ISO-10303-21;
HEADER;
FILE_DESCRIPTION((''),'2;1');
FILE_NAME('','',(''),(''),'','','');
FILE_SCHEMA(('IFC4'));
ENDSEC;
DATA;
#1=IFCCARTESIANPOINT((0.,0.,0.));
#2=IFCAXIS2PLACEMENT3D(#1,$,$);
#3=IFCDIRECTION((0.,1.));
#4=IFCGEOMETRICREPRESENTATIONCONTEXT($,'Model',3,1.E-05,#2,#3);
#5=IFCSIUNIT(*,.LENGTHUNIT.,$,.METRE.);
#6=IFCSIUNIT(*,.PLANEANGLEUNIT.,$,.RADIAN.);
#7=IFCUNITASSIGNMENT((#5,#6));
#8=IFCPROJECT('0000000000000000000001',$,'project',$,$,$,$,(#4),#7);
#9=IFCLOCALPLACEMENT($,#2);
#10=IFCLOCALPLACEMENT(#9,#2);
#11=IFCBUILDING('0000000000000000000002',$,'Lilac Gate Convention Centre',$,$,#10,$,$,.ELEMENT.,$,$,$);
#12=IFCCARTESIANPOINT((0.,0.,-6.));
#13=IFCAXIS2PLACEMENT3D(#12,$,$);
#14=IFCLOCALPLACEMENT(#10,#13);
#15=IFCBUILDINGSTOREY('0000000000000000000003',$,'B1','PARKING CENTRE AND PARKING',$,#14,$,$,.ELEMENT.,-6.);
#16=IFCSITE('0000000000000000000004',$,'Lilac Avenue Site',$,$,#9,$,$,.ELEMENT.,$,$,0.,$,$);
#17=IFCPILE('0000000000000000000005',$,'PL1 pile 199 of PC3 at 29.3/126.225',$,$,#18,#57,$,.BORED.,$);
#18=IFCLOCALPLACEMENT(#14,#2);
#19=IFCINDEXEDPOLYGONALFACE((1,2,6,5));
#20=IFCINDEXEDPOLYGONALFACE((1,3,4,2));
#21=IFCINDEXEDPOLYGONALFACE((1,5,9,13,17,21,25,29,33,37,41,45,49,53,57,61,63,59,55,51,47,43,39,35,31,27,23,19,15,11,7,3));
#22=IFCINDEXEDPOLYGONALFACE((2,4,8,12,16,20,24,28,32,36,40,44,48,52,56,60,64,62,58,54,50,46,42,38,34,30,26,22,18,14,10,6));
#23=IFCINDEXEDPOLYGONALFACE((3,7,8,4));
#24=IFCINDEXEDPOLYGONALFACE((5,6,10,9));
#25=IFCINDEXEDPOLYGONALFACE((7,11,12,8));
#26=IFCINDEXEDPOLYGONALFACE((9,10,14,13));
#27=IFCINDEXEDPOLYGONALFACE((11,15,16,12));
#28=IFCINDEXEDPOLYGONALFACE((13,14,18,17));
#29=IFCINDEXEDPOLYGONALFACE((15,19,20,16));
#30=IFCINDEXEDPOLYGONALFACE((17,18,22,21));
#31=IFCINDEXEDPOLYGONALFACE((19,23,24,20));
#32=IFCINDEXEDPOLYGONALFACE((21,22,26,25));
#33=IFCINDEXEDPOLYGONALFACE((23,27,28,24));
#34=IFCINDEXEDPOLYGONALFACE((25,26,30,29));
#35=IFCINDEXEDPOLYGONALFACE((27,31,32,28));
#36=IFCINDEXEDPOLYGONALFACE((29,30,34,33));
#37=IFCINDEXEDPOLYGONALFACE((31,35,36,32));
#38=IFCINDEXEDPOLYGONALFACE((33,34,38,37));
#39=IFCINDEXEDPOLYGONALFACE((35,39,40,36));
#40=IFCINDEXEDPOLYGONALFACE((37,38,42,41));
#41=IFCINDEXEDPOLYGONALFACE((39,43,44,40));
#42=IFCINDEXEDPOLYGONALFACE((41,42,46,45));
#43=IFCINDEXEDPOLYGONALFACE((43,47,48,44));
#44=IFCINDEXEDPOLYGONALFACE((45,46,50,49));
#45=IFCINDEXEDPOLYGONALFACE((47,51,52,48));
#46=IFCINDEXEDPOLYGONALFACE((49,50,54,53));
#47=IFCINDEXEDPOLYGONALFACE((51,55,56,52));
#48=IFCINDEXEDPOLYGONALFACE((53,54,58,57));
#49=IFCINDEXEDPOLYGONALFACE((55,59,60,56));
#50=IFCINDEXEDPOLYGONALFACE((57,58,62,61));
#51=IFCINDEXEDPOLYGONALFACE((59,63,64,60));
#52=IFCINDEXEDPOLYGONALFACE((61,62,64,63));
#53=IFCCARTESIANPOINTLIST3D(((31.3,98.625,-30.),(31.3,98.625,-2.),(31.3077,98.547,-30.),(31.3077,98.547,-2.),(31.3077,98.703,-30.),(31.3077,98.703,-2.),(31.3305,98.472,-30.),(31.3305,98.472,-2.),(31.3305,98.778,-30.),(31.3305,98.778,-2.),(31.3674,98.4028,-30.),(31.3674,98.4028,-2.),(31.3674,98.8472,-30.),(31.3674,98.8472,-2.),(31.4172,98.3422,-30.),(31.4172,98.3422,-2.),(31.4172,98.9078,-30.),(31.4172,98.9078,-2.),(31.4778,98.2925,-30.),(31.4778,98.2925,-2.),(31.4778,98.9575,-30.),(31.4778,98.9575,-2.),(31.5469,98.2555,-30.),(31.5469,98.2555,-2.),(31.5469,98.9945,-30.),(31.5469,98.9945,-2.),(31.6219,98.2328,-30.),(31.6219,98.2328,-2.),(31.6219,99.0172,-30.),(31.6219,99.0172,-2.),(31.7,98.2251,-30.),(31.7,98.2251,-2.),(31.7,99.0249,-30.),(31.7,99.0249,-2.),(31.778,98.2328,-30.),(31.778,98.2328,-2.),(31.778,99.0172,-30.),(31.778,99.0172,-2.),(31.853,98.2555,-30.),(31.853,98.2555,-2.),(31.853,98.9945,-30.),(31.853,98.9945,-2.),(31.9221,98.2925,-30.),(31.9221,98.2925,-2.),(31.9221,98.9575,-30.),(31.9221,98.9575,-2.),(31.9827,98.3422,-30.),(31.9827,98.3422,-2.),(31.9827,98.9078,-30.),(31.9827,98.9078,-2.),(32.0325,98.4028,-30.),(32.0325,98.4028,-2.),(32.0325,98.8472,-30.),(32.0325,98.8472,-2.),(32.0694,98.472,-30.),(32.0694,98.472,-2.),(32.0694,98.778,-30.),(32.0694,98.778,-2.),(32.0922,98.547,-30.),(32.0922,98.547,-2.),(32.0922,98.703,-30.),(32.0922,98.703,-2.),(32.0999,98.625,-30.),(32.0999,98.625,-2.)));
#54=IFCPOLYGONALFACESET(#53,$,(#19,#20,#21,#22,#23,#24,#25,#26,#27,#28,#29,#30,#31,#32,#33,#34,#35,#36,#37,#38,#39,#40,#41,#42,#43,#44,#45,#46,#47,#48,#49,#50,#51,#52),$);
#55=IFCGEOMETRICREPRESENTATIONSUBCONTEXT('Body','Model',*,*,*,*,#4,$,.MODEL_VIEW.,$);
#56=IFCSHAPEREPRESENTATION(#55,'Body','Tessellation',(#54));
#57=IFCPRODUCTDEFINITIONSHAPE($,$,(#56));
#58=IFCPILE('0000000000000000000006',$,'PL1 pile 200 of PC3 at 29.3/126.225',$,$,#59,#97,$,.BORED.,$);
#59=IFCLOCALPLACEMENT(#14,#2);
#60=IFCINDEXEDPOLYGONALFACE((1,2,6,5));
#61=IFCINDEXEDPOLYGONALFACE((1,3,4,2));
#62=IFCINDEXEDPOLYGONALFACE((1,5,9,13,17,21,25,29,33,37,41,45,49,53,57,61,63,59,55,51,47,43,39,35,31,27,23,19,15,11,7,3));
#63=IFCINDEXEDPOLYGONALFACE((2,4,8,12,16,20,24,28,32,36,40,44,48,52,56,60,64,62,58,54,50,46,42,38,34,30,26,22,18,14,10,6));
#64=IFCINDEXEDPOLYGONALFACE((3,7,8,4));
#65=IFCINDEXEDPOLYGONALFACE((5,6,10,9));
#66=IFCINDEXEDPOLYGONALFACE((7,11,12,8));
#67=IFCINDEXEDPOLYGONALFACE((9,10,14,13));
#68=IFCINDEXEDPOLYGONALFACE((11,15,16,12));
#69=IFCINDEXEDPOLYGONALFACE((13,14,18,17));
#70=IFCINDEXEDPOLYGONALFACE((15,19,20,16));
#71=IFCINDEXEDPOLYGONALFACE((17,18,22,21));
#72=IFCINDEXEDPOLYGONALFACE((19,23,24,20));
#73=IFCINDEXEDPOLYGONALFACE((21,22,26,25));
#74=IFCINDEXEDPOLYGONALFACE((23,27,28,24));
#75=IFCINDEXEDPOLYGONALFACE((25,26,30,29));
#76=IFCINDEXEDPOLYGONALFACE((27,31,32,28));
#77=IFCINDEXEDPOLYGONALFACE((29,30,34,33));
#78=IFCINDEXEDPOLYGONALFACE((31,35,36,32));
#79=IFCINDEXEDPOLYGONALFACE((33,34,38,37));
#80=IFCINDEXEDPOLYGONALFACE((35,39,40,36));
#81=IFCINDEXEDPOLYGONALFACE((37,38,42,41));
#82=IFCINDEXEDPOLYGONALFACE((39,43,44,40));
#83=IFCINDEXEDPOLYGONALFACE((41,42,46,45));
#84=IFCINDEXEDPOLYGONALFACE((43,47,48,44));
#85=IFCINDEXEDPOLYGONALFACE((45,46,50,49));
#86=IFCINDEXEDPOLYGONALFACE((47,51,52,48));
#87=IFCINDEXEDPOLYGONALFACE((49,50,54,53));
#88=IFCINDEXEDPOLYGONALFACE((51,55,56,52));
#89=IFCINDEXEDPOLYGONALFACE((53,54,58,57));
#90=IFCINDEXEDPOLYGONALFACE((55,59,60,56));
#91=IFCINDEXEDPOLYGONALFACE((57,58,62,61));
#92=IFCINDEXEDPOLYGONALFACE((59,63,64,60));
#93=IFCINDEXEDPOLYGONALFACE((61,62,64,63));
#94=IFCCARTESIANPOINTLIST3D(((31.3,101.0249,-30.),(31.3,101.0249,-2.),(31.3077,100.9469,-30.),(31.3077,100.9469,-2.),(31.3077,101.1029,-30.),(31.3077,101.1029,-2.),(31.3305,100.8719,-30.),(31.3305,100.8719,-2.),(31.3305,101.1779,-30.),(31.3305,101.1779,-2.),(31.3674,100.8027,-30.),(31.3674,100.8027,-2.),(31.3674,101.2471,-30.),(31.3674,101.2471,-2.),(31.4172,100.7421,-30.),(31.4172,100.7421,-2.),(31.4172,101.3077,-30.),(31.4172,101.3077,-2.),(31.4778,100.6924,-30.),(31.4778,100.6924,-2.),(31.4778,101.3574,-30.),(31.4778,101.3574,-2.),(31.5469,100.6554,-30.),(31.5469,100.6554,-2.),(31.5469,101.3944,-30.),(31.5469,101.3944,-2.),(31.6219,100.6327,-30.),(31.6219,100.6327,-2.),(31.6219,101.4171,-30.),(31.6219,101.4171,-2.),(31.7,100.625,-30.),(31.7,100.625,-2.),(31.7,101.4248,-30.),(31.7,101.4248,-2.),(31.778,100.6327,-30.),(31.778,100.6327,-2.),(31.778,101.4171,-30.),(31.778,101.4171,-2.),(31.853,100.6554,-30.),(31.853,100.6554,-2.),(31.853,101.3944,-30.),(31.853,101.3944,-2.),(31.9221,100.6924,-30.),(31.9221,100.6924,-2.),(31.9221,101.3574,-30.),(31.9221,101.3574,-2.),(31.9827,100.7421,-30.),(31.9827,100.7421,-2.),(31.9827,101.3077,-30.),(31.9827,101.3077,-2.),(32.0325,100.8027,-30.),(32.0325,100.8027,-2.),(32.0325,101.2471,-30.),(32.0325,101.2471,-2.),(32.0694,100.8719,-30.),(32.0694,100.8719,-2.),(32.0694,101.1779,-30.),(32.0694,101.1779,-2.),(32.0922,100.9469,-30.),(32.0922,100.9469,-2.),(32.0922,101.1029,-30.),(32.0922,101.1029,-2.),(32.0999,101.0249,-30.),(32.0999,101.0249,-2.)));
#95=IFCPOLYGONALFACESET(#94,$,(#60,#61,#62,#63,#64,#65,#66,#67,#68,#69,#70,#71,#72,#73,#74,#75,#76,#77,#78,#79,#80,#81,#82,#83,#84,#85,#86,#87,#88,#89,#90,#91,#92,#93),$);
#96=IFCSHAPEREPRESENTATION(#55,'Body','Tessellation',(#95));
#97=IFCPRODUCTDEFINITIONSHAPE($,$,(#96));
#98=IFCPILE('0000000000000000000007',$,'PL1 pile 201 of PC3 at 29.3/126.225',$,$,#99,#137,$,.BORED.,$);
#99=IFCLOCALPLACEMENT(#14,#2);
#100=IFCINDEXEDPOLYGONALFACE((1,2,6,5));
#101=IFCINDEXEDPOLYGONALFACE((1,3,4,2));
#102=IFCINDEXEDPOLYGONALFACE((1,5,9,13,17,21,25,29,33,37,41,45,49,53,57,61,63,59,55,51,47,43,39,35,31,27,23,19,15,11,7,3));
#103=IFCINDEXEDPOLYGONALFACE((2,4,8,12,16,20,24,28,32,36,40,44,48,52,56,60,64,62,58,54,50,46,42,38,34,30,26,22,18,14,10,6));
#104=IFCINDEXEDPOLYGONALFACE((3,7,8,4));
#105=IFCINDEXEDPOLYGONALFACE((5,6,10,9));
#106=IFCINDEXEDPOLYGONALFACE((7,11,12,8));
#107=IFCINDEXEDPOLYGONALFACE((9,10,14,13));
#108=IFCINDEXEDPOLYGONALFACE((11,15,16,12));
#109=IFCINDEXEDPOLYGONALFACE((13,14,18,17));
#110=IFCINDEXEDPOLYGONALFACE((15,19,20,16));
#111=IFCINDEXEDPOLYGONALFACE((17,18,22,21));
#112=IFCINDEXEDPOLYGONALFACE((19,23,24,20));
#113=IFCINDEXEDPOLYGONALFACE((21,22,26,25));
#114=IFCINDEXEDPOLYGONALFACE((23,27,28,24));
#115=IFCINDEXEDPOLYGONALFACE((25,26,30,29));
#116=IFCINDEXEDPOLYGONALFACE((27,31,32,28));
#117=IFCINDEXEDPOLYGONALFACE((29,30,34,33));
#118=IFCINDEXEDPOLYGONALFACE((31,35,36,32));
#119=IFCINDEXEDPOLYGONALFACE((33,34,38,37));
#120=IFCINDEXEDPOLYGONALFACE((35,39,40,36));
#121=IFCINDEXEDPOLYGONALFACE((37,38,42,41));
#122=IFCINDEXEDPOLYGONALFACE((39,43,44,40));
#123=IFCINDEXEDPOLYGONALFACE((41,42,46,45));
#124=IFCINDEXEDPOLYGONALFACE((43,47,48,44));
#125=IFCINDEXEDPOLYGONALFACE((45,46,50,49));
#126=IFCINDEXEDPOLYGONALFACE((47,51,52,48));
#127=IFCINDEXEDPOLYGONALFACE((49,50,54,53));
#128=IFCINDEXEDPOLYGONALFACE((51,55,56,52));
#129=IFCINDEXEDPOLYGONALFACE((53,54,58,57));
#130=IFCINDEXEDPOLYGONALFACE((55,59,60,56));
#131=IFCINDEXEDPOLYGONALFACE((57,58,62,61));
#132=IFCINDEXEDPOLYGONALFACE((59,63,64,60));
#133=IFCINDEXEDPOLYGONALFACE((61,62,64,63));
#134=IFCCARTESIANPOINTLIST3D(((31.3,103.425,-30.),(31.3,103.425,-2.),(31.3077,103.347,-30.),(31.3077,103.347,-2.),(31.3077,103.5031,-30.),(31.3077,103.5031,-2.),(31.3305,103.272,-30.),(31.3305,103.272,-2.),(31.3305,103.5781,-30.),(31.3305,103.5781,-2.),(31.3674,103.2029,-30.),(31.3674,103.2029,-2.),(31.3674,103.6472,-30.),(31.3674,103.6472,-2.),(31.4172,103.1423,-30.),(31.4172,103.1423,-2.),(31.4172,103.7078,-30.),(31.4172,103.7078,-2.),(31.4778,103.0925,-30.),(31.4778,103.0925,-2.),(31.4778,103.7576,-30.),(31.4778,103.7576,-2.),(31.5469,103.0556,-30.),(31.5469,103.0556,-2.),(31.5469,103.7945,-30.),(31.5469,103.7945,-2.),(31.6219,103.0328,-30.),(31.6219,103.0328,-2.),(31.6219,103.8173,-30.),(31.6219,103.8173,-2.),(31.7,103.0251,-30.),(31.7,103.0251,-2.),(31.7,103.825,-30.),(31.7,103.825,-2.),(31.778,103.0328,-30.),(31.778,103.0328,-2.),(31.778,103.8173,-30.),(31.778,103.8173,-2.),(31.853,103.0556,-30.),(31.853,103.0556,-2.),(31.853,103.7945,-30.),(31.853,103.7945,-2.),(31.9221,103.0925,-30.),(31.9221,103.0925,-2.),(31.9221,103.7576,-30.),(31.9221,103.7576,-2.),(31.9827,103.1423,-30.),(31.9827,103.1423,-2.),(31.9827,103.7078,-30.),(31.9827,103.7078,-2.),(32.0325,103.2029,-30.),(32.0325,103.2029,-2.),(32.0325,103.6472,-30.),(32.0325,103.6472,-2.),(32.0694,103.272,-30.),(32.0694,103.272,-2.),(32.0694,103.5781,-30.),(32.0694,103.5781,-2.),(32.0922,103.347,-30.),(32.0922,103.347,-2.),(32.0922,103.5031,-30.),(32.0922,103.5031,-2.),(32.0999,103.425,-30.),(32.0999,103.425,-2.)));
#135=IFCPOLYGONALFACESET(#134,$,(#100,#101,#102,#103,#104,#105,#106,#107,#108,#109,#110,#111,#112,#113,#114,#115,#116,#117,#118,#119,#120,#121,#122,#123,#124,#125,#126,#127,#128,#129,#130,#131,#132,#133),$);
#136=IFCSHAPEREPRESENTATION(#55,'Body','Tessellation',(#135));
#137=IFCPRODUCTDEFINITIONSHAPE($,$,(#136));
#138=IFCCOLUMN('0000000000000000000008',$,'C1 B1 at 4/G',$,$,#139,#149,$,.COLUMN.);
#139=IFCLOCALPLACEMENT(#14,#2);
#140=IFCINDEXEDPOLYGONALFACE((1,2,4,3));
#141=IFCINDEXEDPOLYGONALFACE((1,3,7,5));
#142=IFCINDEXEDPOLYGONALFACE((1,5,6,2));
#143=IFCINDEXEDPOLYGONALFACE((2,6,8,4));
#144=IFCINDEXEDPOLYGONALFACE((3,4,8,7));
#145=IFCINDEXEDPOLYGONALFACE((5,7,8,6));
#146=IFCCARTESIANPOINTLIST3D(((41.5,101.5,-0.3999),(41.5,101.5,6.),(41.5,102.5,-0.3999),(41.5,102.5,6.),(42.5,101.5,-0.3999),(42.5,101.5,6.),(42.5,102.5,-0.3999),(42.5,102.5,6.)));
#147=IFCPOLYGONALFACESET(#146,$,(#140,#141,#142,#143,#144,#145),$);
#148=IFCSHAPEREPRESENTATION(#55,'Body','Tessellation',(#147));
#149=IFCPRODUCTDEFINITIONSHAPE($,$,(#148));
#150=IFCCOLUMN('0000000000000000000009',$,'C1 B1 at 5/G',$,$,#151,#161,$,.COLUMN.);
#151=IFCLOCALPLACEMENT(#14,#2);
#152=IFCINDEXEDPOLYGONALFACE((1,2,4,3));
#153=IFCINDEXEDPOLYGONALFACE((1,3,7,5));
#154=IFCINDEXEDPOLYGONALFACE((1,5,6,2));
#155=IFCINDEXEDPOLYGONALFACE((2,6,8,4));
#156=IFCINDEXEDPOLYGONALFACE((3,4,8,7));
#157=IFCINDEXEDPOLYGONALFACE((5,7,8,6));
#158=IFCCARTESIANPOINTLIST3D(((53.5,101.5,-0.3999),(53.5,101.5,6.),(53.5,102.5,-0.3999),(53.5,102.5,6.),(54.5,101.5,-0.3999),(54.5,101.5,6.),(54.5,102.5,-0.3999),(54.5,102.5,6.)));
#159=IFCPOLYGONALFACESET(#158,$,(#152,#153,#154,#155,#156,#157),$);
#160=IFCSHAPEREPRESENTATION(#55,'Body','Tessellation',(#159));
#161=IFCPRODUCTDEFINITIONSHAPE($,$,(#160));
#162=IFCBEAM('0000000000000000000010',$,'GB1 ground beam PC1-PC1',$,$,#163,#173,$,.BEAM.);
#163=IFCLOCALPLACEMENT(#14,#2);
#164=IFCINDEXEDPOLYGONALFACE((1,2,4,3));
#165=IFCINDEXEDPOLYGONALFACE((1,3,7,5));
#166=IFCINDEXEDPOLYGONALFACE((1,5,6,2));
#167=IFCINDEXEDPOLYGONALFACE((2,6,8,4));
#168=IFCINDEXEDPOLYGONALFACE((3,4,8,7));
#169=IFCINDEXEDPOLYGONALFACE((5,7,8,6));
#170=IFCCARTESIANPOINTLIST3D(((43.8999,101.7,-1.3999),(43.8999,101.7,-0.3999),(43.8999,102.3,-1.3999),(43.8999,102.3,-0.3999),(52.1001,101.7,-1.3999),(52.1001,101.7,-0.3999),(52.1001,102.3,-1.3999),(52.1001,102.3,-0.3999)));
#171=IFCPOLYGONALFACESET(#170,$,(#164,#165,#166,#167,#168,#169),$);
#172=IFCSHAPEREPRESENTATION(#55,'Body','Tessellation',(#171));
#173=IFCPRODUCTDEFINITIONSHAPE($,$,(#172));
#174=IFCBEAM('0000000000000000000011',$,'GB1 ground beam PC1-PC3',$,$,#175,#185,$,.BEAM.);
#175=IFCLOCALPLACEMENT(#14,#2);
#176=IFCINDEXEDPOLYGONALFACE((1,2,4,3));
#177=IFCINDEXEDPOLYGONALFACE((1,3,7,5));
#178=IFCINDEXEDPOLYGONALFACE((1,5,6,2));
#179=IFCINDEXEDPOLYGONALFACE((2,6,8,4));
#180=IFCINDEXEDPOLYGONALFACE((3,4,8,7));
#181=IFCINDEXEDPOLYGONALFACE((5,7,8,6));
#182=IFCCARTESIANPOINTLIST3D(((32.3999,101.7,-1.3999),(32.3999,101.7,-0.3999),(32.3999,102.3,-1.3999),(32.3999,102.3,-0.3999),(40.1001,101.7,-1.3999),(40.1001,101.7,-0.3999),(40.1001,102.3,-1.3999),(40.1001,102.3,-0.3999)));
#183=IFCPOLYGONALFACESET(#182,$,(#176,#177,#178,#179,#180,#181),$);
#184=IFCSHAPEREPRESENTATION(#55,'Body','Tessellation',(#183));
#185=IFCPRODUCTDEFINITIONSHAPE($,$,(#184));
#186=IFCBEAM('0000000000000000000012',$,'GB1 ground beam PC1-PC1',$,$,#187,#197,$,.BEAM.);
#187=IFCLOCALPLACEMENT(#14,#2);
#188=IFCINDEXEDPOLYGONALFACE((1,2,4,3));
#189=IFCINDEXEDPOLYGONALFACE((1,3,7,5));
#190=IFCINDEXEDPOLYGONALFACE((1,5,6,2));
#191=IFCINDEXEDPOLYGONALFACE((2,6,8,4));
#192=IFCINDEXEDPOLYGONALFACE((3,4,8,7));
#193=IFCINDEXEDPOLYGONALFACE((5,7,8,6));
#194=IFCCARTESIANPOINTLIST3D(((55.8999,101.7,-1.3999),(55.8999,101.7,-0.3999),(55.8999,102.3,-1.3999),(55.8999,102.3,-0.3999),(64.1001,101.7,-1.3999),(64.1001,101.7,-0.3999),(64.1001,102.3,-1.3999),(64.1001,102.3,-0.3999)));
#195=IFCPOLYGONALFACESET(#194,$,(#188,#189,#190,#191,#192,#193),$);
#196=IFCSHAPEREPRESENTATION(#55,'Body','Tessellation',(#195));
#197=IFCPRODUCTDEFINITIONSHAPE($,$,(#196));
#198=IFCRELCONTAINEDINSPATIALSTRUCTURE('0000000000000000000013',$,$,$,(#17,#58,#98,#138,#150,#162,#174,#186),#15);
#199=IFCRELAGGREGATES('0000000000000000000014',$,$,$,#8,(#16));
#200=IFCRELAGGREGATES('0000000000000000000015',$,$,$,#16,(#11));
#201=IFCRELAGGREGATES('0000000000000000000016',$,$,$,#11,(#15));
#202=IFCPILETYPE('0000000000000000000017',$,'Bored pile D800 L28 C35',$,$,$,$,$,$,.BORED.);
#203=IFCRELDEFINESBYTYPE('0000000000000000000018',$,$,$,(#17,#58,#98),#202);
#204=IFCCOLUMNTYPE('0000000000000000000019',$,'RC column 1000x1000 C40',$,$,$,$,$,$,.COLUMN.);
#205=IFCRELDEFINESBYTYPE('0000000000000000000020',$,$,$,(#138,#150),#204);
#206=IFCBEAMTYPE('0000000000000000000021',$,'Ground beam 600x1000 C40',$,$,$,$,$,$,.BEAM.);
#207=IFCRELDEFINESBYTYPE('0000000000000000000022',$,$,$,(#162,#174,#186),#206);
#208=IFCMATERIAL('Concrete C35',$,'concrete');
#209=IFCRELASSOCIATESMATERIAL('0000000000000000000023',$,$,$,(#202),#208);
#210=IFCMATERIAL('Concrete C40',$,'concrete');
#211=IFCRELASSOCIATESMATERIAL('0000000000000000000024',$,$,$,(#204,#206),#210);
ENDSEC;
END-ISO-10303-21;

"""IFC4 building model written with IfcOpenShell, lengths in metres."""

from ifc_helpers import new_model, si_unit, direction, frame, origin, origin_2d, place, context, subcontext, project, spatial, rectangle, circle, extrude, material, material_profile, profile_set, type_object, element, save


model = new_model("IFC4")

# Units and contexts
model_context = context("Model", 3, precision=1e-05, world=origin(), true_north=direction((0.0, 1.0)))
body_context = subcontext(model_context, "Body", "Model", "MODEL_VIEW")
ifc_project = project(units=[si_unit("LENGTHUNIT", "METRE"), si_unit("PLANEANGLEUNIT", "RADIAN")], contexts=[model_context])

# Site, building, storey
site_placement = place(None, origin())
site = spatial("IfcSite", under=ifc_project, at=site_placement, Name="Lilac Avenue Site", CompositionType="ELEMENT", RefElevation=0.0)
building_placement = place(site_placement, origin())
building = spatial("IfcBuilding", under=site, at=building_placement, Name="Lilac Gate Convention Centre", CompositionType="ELEMENT")
storey_placement = place(building_placement, frame((0.0, 0.0, -6.0)))
storey = spatial("IfcBuildingStorey", under=building, at=storey_placement, Name="B1", Description="PARKING CENTRE AND PARKING", CompositionType="ELEMENT", Elevation=-6.0)

# Piles
ifc_material_1 = material(Name="Concrete C35", Category="concrete")
ifc_material_profile_1 = material_profile(ifc_material_1, circle(Radius=0.3999, at=origin_2d()), Name="D800")
ifc_profile_set_1 = profile_set([ifc_material_profile_1], Name="Concrete C35")
pile_type = type_object("IfcPileType", Name="Bored pile D800 L28 C35", PredefinedType="BORED", material=ifc_profile_set_1)
for number, where, z_axis, x_axis, name in (
    (1, (31.7, 98.625, -2.0), (0.0, 0.0, -1.0), (1.0, 0.0, 0.0), "PL1 pile 199 of PC3 at 29.3/126.225"),
    (2, (31.7, 101.0249, -2.0), (0.0, 0.0, -1.0), (1.0, 0.0, 0.0), "PL1 pile 200 of PC3 at 29.3/126.225"),
    (3, (31.7, 103.425, -2.0), (0.0, 0.0, -1.0), (1.0, 0.0, 0.0), "PL1 pile 201 of PC3 at 29.3/126.225"),
):
    element("IfcPile", number, at=place(storey_placement, frame(where, z_axis=z_axis, x_axis=x_axis)), inside=storey, type_object=pile_type, Name=name, PredefinedType="BORED", context=body_context, shape_type="SweptSolid", body=[
        extrude(circle(Radius=0.3999, at=origin_2d()), origin(), (0.0, 0.0, 1.0), 28.0),
    ])

# Columns
ifc_material_2 = material(Name="Concrete C40", Category="concrete")
ifc_material_profile_2 = material_profile(ifc_material_2, rectangle(XDim=1.0, YDim=1.0, at=origin_2d()), Name="RC 1000x1000")
ifc_profile_set_2 = profile_set([ifc_material_profile_2], Name="Concrete C40")
column_type = type_object("IfcColumnType", Name="RC column 1000x1000 C40", PredefinedType="COLUMN", material=ifc_profile_set_2)
for number, where, z_axis, x_axis, name in (
    (4, (42.0, 102.0, -0.3999), (0.0, 0.0, 1.0), (1.0, 0.0, 0.0), "C1 B1 at 4/G"),
    (5, (54.0, 102.0, -0.3999), (0.0, 0.0, 1.0), (1.0, 0.0, 0.0), "C1 B1 at 5/G"),
):
    element("IfcColumn", number, at=place(storey_placement, frame(where, z_axis=z_axis, x_axis=x_axis)), inside=storey, type_object=column_type, Name=name, PredefinedType="COLUMN", context=body_context, shape_type="SweptSolid", body=[
        extrude(rectangle(XDim=1.0, YDim=1.0, at=origin_2d()), origin(), (0.0, 0.0, 1.0), 6.3999),
    ])

# Beams
ifc_material_profile_3 = material_profile(ifc_material_2, rectangle(XDim=0.6001, YDim=1.0, at=origin_2d()), Name="RC 600x1000")
ifc_profile_set_3 = profile_set([ifc_material_profile_3], Name="Concrete C40")
beam_type = type_object("IfcBeamType", Name="Ground beam 600x1000 C40", PredefinedType="BEAM", material=ifc_profile_set_3)
beam_1_placement = place(storey_placement, frame((43.8999, 102.0, -0.8999), z_axis=(1.0, 0.0, 0.0), x_axis=(0.0, 1.0, 0.0)))
element("IfcBeam", 6, at=beam_1_placement, inside=storey, type_object=beam_type, Name="GB1 ground beam PC1-PC1", PredefinedType="BEAM", context=body_context, shape_type="SweptSolid", body=[
    extrude(rectangle(XDim=0.6001, YDim=1.0, at=origin_2d()), origin(), (0.0, 0.0, 1.0), 8.2002),
])
beam_2_placement = place(storey_placement, frame((32.3999, 102.0, -0.8999), z_axis=(1.0, 0.0, 0.0), x_axis=(0.0, 1.0, 0.0)))
element("IfcBeam", 7, at=beam_2_placement, inside=storey, type_object=beam_type, Name="GB1 ground beam PC1-PC3", PredefinedType="BEAM", context=body_context, shape_type="SweptSolid", body=[
    extrude(rectangle(XDim=0.6001, YDim=1.0, at=origin_2d()), origin(), (0.0, 0.0, 1.0), 7.7002),
])
beam_3_placement = place(storey_placement, frame((55.8999, 102.0, -0.8999), z_axis=(1.0, 0.0, 0.0), x_axis=(0.0, 1.0, 0.0)))
element("IfcBeam", 8, at=beam_3_placement, inside=storey, type_object=beam_type, Name="GB1 ground beam PC1-PC1", PredefinedType="BEAM", context=body_context, shape_type="SweptSolid", body=[
    extrude(rectangle(XDim=0.6001, YDim=1.0, at=origin_2d()), origin(), (0.0, 0.0, 1.0), 8.2002),
])

save(model, "model.ifc")
